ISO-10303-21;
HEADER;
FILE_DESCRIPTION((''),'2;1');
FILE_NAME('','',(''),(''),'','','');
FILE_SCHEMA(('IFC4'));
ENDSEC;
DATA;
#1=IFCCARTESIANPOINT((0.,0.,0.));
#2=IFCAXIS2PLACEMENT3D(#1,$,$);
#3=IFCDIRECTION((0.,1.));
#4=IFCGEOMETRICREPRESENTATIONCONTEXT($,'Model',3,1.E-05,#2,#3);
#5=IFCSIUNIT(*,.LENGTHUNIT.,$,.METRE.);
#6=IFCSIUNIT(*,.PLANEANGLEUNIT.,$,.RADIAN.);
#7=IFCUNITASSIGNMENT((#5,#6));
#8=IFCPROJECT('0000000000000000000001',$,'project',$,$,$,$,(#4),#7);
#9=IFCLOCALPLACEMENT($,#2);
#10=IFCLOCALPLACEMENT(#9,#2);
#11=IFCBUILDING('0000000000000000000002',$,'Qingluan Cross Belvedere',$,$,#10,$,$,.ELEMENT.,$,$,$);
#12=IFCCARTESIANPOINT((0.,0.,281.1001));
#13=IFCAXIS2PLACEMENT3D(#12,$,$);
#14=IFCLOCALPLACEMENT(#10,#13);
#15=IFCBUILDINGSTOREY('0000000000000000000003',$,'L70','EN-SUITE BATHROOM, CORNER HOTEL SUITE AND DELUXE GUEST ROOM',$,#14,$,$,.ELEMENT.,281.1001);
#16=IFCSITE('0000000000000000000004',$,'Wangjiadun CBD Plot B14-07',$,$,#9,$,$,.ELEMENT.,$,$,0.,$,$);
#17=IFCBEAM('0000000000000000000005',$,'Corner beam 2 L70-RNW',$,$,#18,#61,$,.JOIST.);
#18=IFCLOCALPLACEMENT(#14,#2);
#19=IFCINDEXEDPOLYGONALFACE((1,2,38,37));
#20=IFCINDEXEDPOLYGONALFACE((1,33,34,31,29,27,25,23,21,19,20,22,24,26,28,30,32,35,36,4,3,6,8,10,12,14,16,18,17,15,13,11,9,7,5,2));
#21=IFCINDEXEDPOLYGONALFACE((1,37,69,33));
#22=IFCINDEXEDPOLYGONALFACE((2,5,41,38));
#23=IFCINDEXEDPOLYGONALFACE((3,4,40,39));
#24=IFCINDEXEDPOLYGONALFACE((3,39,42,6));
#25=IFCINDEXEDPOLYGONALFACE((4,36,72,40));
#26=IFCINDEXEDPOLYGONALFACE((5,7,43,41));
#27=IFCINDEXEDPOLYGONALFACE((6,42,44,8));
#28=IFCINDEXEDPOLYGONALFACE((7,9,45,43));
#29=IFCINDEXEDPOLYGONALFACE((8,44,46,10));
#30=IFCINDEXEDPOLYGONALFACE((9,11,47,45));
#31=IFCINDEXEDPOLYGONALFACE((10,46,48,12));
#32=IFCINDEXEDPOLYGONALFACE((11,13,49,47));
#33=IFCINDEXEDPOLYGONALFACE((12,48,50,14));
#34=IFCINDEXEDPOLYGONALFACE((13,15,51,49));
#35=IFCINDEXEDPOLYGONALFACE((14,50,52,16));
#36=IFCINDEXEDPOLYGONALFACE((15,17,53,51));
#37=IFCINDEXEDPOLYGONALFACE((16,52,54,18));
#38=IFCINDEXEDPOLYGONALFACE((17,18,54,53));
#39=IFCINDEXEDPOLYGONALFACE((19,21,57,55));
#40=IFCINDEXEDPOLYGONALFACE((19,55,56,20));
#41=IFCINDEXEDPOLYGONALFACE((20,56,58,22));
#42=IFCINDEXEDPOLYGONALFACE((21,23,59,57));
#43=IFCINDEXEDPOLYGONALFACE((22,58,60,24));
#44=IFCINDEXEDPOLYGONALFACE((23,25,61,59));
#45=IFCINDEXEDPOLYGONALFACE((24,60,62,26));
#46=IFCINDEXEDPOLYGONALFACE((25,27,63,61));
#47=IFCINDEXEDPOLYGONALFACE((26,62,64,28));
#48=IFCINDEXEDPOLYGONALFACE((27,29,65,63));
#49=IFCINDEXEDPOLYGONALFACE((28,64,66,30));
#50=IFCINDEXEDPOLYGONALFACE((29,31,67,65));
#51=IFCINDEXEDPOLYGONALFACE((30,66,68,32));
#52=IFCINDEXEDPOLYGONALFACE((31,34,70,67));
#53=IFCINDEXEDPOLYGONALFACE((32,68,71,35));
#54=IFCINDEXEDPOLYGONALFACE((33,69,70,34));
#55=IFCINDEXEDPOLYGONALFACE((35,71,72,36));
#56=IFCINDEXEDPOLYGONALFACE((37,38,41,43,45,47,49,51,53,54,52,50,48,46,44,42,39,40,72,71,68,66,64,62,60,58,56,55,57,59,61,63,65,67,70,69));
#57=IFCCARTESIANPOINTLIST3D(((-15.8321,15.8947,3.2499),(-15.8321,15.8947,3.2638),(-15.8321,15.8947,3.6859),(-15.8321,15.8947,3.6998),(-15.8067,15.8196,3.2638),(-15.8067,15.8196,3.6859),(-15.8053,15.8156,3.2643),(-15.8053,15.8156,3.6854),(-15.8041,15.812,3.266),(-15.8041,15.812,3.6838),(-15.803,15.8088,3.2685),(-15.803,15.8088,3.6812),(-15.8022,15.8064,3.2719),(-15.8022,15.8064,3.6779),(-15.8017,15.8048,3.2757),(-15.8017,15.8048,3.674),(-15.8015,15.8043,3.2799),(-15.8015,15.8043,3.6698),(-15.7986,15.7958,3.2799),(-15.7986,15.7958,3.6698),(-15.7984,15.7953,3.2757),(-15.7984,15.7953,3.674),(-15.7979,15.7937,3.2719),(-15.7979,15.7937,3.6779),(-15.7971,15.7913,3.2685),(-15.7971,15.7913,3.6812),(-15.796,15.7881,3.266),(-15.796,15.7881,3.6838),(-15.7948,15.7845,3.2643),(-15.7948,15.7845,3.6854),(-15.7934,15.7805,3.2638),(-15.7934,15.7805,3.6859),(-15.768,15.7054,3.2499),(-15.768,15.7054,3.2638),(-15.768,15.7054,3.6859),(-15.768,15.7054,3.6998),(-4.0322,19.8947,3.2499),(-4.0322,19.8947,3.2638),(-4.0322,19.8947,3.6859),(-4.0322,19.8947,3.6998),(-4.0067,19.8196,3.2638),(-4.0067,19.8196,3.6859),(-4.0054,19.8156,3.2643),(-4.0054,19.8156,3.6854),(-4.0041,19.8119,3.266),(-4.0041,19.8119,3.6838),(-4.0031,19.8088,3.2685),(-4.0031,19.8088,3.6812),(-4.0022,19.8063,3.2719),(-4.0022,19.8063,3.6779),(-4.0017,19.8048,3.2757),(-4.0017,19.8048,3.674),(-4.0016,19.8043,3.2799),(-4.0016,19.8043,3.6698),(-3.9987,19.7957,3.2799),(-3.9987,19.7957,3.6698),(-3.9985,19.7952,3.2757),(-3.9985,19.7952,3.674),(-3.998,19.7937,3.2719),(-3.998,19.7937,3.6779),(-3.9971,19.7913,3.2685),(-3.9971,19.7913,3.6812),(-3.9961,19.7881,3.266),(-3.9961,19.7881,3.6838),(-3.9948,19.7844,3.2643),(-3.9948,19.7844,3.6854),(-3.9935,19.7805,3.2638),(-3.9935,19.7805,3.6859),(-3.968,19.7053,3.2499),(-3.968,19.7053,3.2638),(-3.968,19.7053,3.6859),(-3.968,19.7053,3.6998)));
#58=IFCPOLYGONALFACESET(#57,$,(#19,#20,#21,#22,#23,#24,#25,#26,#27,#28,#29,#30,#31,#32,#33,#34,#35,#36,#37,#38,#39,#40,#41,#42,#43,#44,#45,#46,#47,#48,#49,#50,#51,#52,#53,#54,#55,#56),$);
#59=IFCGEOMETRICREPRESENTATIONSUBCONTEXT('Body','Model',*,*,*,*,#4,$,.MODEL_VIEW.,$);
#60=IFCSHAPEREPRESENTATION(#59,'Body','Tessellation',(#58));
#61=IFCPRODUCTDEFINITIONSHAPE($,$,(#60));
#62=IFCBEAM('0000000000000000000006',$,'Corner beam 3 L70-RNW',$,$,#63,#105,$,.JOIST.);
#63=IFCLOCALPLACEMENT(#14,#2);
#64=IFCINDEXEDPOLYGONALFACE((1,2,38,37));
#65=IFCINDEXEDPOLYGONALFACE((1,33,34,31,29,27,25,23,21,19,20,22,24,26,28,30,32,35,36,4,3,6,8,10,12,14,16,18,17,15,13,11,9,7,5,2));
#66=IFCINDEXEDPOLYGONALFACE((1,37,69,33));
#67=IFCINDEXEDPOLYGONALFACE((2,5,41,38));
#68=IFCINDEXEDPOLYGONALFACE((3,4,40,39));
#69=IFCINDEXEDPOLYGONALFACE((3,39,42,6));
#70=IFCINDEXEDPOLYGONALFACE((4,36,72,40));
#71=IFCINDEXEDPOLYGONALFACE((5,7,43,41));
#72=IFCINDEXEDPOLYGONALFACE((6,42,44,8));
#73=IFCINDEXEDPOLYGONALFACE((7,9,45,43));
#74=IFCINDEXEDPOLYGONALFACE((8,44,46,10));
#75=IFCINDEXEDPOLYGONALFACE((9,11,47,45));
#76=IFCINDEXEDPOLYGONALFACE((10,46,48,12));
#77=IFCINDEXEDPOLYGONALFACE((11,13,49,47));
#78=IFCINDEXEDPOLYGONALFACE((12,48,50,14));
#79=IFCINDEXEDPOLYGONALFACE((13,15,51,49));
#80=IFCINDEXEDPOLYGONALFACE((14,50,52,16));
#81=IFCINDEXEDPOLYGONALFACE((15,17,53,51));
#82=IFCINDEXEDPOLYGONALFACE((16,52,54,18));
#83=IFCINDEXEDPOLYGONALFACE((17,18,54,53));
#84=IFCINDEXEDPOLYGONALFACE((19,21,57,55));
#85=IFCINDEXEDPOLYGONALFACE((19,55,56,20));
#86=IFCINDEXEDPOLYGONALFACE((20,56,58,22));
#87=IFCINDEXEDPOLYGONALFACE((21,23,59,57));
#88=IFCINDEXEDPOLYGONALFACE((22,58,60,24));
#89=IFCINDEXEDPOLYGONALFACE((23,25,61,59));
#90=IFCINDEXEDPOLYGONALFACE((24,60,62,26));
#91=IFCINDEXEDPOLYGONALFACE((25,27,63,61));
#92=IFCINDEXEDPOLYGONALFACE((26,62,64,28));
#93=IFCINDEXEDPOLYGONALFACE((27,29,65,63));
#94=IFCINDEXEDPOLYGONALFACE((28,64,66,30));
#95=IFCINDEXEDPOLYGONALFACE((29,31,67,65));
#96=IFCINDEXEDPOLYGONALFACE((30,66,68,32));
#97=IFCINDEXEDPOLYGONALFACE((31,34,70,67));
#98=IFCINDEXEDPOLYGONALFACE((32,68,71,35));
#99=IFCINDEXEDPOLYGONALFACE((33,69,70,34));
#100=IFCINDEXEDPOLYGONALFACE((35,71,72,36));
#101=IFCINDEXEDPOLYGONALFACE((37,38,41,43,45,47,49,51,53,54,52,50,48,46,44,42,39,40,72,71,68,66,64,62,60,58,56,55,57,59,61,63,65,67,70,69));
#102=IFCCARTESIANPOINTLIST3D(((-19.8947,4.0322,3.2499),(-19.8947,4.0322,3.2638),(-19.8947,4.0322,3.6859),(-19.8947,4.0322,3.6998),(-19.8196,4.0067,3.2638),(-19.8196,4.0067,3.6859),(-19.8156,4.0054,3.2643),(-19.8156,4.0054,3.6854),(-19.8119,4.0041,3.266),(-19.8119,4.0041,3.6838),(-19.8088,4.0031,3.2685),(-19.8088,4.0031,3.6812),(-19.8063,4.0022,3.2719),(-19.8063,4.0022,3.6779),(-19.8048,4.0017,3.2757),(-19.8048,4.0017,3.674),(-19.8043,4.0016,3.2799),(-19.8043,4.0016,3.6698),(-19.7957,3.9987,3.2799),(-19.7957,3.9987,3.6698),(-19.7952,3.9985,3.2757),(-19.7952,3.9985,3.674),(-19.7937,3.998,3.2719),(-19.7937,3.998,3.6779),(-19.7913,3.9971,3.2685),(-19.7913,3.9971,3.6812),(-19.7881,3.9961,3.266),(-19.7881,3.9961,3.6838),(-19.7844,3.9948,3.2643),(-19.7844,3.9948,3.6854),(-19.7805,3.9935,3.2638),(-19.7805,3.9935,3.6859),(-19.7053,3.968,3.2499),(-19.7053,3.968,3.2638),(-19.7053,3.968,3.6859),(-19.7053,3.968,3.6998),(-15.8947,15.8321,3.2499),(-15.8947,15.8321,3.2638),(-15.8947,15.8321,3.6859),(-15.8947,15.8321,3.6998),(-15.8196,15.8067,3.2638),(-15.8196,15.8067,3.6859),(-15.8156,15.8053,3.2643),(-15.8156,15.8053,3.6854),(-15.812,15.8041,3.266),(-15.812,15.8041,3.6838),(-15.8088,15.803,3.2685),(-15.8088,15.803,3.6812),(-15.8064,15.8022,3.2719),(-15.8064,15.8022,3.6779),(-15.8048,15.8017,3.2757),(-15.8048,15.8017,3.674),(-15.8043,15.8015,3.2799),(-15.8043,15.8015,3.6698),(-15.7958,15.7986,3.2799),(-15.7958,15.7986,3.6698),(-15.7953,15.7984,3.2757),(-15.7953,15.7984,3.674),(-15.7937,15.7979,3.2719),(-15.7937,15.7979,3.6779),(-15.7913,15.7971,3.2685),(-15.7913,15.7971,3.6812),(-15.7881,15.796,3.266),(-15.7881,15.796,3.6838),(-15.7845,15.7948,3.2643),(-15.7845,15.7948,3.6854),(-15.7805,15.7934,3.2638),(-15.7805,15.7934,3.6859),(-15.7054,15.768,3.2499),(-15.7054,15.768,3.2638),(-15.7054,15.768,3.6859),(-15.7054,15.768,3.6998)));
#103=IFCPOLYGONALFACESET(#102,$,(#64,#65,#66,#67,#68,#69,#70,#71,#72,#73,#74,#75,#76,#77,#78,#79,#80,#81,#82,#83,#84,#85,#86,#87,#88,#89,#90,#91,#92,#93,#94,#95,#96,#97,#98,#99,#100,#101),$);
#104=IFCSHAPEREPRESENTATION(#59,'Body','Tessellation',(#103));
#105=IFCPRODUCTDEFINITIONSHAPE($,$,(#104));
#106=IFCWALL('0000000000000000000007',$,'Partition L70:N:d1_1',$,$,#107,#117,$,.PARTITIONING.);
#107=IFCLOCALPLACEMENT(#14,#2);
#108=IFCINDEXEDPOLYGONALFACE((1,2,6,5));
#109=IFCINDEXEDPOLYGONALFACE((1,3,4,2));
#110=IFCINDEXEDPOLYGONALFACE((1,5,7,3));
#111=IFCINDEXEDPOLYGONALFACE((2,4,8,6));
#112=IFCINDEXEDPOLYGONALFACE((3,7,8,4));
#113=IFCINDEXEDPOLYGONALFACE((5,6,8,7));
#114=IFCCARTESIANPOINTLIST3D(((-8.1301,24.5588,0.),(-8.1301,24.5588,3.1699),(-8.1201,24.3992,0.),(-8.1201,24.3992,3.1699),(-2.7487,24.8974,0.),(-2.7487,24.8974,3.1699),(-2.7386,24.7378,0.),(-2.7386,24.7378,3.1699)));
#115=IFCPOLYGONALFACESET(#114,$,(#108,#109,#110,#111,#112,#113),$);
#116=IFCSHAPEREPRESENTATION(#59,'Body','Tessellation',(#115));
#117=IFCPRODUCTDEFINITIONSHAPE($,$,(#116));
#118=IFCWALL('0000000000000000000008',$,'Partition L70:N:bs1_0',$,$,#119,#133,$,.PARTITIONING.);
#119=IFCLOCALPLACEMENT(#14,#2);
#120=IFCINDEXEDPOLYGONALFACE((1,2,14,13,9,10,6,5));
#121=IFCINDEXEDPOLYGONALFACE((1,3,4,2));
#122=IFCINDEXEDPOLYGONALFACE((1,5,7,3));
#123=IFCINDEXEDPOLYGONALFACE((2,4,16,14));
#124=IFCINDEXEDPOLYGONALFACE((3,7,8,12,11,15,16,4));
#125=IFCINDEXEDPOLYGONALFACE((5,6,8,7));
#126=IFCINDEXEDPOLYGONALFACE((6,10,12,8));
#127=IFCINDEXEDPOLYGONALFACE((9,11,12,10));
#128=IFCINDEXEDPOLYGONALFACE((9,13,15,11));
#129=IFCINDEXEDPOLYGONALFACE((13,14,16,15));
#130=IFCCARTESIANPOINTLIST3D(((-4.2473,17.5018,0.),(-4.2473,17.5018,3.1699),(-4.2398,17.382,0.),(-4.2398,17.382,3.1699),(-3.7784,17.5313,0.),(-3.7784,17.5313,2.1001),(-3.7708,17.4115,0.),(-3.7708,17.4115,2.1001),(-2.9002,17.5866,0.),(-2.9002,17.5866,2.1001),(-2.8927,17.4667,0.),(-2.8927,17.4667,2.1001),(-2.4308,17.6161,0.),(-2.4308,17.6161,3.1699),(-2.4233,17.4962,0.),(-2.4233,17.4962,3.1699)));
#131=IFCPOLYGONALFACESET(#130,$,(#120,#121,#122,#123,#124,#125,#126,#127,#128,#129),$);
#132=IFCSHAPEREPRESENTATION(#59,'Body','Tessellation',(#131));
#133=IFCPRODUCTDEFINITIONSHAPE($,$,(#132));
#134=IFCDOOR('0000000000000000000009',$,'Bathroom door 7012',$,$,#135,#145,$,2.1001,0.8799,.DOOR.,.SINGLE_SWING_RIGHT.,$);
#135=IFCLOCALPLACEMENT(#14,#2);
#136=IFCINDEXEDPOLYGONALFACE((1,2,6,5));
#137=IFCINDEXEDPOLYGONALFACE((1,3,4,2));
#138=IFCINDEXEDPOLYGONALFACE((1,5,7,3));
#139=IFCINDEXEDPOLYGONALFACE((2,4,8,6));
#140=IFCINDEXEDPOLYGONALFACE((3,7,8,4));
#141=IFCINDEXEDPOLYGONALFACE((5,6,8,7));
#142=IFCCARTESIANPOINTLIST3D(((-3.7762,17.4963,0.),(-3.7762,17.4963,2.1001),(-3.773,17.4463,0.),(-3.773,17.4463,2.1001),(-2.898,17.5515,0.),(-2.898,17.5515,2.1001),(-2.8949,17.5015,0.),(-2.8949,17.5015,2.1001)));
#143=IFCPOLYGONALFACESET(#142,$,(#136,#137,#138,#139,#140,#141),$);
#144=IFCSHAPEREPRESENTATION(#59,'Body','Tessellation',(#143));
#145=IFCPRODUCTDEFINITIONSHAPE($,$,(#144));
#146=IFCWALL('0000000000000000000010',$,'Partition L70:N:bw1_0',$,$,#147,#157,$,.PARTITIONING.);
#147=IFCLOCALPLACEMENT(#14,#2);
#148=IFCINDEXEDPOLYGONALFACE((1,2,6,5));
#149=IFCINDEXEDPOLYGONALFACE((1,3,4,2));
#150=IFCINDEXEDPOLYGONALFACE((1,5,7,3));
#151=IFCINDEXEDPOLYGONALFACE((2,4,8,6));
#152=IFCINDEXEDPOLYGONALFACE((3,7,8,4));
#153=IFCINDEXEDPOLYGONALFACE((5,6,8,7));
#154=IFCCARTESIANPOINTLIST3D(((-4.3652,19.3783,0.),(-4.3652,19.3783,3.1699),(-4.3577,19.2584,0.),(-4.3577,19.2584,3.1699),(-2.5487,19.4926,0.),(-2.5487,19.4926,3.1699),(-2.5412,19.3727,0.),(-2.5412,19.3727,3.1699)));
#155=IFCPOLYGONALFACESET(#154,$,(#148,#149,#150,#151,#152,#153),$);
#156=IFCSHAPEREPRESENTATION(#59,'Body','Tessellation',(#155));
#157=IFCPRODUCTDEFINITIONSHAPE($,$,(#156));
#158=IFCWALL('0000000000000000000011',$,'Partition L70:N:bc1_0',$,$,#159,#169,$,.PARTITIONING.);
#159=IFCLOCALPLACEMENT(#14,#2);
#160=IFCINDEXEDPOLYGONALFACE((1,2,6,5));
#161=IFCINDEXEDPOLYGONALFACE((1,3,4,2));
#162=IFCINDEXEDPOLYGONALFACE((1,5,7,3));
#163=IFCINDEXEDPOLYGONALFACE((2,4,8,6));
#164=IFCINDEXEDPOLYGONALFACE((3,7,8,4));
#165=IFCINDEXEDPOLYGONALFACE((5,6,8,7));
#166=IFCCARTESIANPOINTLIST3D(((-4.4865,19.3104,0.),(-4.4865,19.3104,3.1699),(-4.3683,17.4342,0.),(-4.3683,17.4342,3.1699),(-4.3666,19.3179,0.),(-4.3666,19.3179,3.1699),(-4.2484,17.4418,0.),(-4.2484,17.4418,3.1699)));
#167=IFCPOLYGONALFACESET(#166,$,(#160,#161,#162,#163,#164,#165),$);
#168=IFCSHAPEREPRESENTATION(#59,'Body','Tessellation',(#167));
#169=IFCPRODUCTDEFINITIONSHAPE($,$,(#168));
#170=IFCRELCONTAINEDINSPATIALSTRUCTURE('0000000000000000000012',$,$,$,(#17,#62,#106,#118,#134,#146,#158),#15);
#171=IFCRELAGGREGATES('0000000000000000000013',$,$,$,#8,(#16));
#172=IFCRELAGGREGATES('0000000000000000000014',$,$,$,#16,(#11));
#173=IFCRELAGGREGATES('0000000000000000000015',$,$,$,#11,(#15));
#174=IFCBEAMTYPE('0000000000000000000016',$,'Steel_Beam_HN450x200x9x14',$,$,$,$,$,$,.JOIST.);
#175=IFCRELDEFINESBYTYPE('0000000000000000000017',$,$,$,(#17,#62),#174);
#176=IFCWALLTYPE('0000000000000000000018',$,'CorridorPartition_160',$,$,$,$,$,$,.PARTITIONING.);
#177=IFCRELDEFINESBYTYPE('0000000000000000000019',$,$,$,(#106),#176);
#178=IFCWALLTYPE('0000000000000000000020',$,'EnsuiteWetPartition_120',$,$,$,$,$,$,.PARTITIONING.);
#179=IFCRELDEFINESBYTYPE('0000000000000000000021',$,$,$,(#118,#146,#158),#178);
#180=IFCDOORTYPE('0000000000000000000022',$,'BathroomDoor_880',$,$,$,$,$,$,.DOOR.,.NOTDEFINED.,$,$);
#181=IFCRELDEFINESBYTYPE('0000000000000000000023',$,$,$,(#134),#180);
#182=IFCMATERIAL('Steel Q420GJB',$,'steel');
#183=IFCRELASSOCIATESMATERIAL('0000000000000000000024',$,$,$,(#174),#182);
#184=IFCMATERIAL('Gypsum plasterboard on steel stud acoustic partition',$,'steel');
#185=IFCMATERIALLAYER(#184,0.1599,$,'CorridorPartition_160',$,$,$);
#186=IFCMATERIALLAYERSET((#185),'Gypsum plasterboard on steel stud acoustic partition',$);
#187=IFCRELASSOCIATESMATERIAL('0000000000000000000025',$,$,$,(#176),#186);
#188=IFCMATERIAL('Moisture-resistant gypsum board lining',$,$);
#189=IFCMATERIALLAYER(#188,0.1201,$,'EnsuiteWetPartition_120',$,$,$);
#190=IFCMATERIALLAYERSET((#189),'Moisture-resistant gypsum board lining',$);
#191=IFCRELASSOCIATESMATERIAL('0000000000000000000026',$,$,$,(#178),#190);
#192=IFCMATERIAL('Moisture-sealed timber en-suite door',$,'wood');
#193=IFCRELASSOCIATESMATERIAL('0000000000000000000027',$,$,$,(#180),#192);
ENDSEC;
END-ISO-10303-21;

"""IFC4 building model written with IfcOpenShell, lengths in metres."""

from ifc_helpers import new_model, si_unit, direction, frame, frame_2d, origin, origin_2d, place, context, subcontext, project, spatial, rectangle, i_section, extrude, material, layer, layer_set, material_profile, profile_set, type_object, element, fill, save


model = new_model("IFC4")

# Units and contexts
model_context = context("Model", 3, precision=1e-05, world=origin(), true_north=direction((0.0, 1.0)))
body_context = subcontext(model_context, "Body", "Model", "MODEL_VIEW")
ifc_project = project(units=[si_unit("LENGTHUNIT", "METRE"), si_unit("PLANEANGLEUNIT", "RADIAN")], contexts=[model_context])

# Site, building, storey
site_placement = place(None, origin())
site = spatial("IfcSite", under=ifc_project, at=site_placement, Name="Wangjiadun CBD Plot B14-07", CompositionType="ELEMENT", RefElevation=0.0)
building_placement = place(site_placement, origin())
building = spatial("IfcBuilding", under=site, at=building_placement, Name="Qingluan Cross Belvedere", CompositionType="ELEMENT")
storey_placement = place(building_placement, frame((0.0, 0.0, 281.1001)))
storey = spatial("IfcBuildingStorey", under=building, at=storey_placement, Name="L70", Description="EN-SUITE BATHROOM, CORNER HOTEL SUITE AND DELUXE GUEST ROOM", CompositionType="ELEMENT", Elevation=281.1001)

# Beams
ifc_material_1 = material(Name="Steel Q420GJB", Category="steel")
ifc_material_profile_1 = material_profile(ifc_material_1, i_section(OverallWidth=0.2, OverallDepth=0.45, WebThickness=0.009, FlangeThickness=0.0139, FilletRadius=0.0161, at=origin_2d()), Name="HN450x200x9x14")
ifc_profile_set_1 = profile_set([ifc_material_profile_1], Name="Steel Q420GJB")
beam_type_1 = type_object("IfcBeamType", Name="Steel_Beam_HN450x200x9x14", PredefinedType="JOIST", material=ifc_profile_set_1)
for number, where, z_axis, x_axis, name in (
    (1, (-15.8, 15.8, 3.4749), (0.947066, 0.321038, 0.0), (-0.321038, 0.947066, 0.0), "Corner beam 2 L70-RNW"),
    (2, (-15.8, 15.8, 3.4749), (-0.321038, -0.947066, 0.0), (0.947066, -0.321038, 0.0), "Corner beam 3 L70-RNW"),
):
    element("IfcBeam", number, at=place(storey_placement, frame(where, z_axis=z_axis, x_axis=x_axis)), inside=storey, type_object=beam_type_1, Name=name, PredefinedType="JOIST", context=body_context, shape_type="SweptSolid", body=[
        extrude(i_section(OverallWidth=0.2, OverallDepth=0.45, WebThickness=0.009, FlangeThickness=0.0139, FilletRadius=0.0161, at=origin_2d()), origin(), (0.0, 0.0, 1.0), 12.4595),
    ])

# Wall
ifc_material_2 = material(Name="Gypsum plasterboard on steel stud acoustic partition", Category="steel")
ifc_layer_1 = layer(ifc_material_2, 0.1599, Name="CorridorPartition_160")
ifc_layer_set_1 = layer_set([ifc_layer_1], Name="Gypsum plasterboard on steel stud acoustic partition")
wall_type_1 = type_object("IfcWallType", Name="CorridorPartition_160", PredefinedType="PARTITIONING", material=ifc_layer_set_1)
wall_1_placement = place(storey_placement, frame((-2.7437, 24.8176, 0.0), z_axis=(0.0, 0.0, 1.0), x_axis=(-0.998026, -0.062801, 0.0)))
element("IfcWall", 3, at=wall_1_placement, inside=storey, type_object=wall_type_1, Name="Partition L70:N:d1_1", PredefinedType="PARTITIONING", context=body_context, shape_type="SweptSolid", body=[
    extrude(rectangle(XDim=5.3921, YDim=0.1599, at=frame_2d((2.696, 0.0))), origin(), (0.0, 0.0, 1.0), 3.1699),
])

# Wall, opening, door
ifc_material_3 = material(Name="Moisture-resistant gypsum board lining")
ifc_layer_2 = layer(ifc_material_3, 0.1201, Name="EnsuiteWetPartition_120")
ifc_layer_set_2 = layer_set([ifc_layer_2], Name="Moisture-resistant gypsum board lining")
wall_type_2 = type_object("IfcWallType", Name="EnsuiteWetPartition_120", PredefinedType="PARTITIONING", material=ifc_layer_set_2)
wall_2_placement = place(storey_placement, frame((-4.2437, 17.4419, 0.0), z_axis=(0.0, 0.0, 1.0), x_axis=(0.998027, 0.062779, 0.0)))
wall_2 = element("IfcWall", 4, at=wall_2_placement, inside=storey, type_object=wall_type_2, Name="Partition L70:N:bs1_0", PredefinedType="PARTITIONING", context=body_context, shape_type="SweptSolid", body=[
    extrude(rectangle(XDim=1.8201, YDim=0.1201, at=frame_2d((0.9102, 0.0))), origin(), (0.0, 0.0, 1.0), 3.1699),
])
opening_1_placement = place(wall_2_placement, frame((0.47, 0.0, 0.0)))
opening_1 = element("IfcOpeningElement", 5, at=opening_1_placement, cuts=wall_2, PredefinedType="OPENING", context=body_context, shape_type="SweptSolid", body=[
    extrude(rectangle(XDim=0.8799, YDim=2.1001, at=frame_2d((0.4399, 1.05))), frame((0.0, 0.0701, 0.0), z_axis=(0.0, -1.0, 0.0), x_axis=(1.0, 0.0, 0.0)), (0.0, 0.0, 1.0), 0.1401),
])
ifc_material_4 = material(Name="Moisture-sealed timber en-suite door", Category="wood")
door_type = type_object("IfcDoorType", Name="BathroomDoor_880", OperationType="NOTDEFINED", PredefinedType="DOOR", material=ifc_material_4)
door_1_placement = place(opening_1_placement, origin())
door_1 = element("IfcDoor", 6, at=door_1_placement, inside=storey, type_object=door_type, Name="Bathroom door 7012", OperationType="SINGLE_SWING_RIGHT", OverallHeight=2.1001, OverallWidth=0.8799, PredefinedType="DOOR", context=body_context, shape_type="SweptSolid", body=[
    extrude(rectangle(XDim=0.8799, YDim=2.1001, at=frame_2d((0.4399, 1.05))), frame((0.0, 0.0249, 0.0), z_axis=(0.0, -1.0, 0.0), x_axis=(1.0, 0.0, 0.0)), (0.0, 0.0, 1.0), 0.05),
])
fill(opening_1, door_1)

# Walls
wall_3_placement = place(storey_placement, frame((-4.3616, 19.3184, 0.0), z_axis=(0.0, 0.0, 1.0), x_axis=(0.998027, 0.062779, 0.0)))
element("IfcWall", 7, at=wall_3_placement, inside=storey, type_object=wall_type_2, Name="Partition L70:N:bw1_0", PredefinedType="PARTITIONING", context=body_context, shape_type="SweptSolid", body=[
    extrude(rectangle(XDim=1.8201, YDim=0.1201, at=frame_2d((0.9102, 0.0))), origin(), (0.0, 0.0, 1.0), 3.1699),
])
wall_4_placement = place(storey_placement, frame((-4.3083, 17.438, 0.0), z_axis=(0.0, 0.0, 1.0), x_axis=(-0.062855, 0.998023, 0.0)))
element("IfcWall", 8, at=wall_4_placement, inside=storey, type_object=wall_type_2, Name="Partition L70:N:bc1_0", PredefinedType="PARTITIONING", context=body_context, shape_type="SweptSolid", body=[
    extrude(rectangle(XDim=1.8799, YDim=0.1201, at=frame_2d((0.9399, 0.0))), origin(), (0.0, 0.0, 1.0), 3.1699),
])

save(model, "model.ifc")
